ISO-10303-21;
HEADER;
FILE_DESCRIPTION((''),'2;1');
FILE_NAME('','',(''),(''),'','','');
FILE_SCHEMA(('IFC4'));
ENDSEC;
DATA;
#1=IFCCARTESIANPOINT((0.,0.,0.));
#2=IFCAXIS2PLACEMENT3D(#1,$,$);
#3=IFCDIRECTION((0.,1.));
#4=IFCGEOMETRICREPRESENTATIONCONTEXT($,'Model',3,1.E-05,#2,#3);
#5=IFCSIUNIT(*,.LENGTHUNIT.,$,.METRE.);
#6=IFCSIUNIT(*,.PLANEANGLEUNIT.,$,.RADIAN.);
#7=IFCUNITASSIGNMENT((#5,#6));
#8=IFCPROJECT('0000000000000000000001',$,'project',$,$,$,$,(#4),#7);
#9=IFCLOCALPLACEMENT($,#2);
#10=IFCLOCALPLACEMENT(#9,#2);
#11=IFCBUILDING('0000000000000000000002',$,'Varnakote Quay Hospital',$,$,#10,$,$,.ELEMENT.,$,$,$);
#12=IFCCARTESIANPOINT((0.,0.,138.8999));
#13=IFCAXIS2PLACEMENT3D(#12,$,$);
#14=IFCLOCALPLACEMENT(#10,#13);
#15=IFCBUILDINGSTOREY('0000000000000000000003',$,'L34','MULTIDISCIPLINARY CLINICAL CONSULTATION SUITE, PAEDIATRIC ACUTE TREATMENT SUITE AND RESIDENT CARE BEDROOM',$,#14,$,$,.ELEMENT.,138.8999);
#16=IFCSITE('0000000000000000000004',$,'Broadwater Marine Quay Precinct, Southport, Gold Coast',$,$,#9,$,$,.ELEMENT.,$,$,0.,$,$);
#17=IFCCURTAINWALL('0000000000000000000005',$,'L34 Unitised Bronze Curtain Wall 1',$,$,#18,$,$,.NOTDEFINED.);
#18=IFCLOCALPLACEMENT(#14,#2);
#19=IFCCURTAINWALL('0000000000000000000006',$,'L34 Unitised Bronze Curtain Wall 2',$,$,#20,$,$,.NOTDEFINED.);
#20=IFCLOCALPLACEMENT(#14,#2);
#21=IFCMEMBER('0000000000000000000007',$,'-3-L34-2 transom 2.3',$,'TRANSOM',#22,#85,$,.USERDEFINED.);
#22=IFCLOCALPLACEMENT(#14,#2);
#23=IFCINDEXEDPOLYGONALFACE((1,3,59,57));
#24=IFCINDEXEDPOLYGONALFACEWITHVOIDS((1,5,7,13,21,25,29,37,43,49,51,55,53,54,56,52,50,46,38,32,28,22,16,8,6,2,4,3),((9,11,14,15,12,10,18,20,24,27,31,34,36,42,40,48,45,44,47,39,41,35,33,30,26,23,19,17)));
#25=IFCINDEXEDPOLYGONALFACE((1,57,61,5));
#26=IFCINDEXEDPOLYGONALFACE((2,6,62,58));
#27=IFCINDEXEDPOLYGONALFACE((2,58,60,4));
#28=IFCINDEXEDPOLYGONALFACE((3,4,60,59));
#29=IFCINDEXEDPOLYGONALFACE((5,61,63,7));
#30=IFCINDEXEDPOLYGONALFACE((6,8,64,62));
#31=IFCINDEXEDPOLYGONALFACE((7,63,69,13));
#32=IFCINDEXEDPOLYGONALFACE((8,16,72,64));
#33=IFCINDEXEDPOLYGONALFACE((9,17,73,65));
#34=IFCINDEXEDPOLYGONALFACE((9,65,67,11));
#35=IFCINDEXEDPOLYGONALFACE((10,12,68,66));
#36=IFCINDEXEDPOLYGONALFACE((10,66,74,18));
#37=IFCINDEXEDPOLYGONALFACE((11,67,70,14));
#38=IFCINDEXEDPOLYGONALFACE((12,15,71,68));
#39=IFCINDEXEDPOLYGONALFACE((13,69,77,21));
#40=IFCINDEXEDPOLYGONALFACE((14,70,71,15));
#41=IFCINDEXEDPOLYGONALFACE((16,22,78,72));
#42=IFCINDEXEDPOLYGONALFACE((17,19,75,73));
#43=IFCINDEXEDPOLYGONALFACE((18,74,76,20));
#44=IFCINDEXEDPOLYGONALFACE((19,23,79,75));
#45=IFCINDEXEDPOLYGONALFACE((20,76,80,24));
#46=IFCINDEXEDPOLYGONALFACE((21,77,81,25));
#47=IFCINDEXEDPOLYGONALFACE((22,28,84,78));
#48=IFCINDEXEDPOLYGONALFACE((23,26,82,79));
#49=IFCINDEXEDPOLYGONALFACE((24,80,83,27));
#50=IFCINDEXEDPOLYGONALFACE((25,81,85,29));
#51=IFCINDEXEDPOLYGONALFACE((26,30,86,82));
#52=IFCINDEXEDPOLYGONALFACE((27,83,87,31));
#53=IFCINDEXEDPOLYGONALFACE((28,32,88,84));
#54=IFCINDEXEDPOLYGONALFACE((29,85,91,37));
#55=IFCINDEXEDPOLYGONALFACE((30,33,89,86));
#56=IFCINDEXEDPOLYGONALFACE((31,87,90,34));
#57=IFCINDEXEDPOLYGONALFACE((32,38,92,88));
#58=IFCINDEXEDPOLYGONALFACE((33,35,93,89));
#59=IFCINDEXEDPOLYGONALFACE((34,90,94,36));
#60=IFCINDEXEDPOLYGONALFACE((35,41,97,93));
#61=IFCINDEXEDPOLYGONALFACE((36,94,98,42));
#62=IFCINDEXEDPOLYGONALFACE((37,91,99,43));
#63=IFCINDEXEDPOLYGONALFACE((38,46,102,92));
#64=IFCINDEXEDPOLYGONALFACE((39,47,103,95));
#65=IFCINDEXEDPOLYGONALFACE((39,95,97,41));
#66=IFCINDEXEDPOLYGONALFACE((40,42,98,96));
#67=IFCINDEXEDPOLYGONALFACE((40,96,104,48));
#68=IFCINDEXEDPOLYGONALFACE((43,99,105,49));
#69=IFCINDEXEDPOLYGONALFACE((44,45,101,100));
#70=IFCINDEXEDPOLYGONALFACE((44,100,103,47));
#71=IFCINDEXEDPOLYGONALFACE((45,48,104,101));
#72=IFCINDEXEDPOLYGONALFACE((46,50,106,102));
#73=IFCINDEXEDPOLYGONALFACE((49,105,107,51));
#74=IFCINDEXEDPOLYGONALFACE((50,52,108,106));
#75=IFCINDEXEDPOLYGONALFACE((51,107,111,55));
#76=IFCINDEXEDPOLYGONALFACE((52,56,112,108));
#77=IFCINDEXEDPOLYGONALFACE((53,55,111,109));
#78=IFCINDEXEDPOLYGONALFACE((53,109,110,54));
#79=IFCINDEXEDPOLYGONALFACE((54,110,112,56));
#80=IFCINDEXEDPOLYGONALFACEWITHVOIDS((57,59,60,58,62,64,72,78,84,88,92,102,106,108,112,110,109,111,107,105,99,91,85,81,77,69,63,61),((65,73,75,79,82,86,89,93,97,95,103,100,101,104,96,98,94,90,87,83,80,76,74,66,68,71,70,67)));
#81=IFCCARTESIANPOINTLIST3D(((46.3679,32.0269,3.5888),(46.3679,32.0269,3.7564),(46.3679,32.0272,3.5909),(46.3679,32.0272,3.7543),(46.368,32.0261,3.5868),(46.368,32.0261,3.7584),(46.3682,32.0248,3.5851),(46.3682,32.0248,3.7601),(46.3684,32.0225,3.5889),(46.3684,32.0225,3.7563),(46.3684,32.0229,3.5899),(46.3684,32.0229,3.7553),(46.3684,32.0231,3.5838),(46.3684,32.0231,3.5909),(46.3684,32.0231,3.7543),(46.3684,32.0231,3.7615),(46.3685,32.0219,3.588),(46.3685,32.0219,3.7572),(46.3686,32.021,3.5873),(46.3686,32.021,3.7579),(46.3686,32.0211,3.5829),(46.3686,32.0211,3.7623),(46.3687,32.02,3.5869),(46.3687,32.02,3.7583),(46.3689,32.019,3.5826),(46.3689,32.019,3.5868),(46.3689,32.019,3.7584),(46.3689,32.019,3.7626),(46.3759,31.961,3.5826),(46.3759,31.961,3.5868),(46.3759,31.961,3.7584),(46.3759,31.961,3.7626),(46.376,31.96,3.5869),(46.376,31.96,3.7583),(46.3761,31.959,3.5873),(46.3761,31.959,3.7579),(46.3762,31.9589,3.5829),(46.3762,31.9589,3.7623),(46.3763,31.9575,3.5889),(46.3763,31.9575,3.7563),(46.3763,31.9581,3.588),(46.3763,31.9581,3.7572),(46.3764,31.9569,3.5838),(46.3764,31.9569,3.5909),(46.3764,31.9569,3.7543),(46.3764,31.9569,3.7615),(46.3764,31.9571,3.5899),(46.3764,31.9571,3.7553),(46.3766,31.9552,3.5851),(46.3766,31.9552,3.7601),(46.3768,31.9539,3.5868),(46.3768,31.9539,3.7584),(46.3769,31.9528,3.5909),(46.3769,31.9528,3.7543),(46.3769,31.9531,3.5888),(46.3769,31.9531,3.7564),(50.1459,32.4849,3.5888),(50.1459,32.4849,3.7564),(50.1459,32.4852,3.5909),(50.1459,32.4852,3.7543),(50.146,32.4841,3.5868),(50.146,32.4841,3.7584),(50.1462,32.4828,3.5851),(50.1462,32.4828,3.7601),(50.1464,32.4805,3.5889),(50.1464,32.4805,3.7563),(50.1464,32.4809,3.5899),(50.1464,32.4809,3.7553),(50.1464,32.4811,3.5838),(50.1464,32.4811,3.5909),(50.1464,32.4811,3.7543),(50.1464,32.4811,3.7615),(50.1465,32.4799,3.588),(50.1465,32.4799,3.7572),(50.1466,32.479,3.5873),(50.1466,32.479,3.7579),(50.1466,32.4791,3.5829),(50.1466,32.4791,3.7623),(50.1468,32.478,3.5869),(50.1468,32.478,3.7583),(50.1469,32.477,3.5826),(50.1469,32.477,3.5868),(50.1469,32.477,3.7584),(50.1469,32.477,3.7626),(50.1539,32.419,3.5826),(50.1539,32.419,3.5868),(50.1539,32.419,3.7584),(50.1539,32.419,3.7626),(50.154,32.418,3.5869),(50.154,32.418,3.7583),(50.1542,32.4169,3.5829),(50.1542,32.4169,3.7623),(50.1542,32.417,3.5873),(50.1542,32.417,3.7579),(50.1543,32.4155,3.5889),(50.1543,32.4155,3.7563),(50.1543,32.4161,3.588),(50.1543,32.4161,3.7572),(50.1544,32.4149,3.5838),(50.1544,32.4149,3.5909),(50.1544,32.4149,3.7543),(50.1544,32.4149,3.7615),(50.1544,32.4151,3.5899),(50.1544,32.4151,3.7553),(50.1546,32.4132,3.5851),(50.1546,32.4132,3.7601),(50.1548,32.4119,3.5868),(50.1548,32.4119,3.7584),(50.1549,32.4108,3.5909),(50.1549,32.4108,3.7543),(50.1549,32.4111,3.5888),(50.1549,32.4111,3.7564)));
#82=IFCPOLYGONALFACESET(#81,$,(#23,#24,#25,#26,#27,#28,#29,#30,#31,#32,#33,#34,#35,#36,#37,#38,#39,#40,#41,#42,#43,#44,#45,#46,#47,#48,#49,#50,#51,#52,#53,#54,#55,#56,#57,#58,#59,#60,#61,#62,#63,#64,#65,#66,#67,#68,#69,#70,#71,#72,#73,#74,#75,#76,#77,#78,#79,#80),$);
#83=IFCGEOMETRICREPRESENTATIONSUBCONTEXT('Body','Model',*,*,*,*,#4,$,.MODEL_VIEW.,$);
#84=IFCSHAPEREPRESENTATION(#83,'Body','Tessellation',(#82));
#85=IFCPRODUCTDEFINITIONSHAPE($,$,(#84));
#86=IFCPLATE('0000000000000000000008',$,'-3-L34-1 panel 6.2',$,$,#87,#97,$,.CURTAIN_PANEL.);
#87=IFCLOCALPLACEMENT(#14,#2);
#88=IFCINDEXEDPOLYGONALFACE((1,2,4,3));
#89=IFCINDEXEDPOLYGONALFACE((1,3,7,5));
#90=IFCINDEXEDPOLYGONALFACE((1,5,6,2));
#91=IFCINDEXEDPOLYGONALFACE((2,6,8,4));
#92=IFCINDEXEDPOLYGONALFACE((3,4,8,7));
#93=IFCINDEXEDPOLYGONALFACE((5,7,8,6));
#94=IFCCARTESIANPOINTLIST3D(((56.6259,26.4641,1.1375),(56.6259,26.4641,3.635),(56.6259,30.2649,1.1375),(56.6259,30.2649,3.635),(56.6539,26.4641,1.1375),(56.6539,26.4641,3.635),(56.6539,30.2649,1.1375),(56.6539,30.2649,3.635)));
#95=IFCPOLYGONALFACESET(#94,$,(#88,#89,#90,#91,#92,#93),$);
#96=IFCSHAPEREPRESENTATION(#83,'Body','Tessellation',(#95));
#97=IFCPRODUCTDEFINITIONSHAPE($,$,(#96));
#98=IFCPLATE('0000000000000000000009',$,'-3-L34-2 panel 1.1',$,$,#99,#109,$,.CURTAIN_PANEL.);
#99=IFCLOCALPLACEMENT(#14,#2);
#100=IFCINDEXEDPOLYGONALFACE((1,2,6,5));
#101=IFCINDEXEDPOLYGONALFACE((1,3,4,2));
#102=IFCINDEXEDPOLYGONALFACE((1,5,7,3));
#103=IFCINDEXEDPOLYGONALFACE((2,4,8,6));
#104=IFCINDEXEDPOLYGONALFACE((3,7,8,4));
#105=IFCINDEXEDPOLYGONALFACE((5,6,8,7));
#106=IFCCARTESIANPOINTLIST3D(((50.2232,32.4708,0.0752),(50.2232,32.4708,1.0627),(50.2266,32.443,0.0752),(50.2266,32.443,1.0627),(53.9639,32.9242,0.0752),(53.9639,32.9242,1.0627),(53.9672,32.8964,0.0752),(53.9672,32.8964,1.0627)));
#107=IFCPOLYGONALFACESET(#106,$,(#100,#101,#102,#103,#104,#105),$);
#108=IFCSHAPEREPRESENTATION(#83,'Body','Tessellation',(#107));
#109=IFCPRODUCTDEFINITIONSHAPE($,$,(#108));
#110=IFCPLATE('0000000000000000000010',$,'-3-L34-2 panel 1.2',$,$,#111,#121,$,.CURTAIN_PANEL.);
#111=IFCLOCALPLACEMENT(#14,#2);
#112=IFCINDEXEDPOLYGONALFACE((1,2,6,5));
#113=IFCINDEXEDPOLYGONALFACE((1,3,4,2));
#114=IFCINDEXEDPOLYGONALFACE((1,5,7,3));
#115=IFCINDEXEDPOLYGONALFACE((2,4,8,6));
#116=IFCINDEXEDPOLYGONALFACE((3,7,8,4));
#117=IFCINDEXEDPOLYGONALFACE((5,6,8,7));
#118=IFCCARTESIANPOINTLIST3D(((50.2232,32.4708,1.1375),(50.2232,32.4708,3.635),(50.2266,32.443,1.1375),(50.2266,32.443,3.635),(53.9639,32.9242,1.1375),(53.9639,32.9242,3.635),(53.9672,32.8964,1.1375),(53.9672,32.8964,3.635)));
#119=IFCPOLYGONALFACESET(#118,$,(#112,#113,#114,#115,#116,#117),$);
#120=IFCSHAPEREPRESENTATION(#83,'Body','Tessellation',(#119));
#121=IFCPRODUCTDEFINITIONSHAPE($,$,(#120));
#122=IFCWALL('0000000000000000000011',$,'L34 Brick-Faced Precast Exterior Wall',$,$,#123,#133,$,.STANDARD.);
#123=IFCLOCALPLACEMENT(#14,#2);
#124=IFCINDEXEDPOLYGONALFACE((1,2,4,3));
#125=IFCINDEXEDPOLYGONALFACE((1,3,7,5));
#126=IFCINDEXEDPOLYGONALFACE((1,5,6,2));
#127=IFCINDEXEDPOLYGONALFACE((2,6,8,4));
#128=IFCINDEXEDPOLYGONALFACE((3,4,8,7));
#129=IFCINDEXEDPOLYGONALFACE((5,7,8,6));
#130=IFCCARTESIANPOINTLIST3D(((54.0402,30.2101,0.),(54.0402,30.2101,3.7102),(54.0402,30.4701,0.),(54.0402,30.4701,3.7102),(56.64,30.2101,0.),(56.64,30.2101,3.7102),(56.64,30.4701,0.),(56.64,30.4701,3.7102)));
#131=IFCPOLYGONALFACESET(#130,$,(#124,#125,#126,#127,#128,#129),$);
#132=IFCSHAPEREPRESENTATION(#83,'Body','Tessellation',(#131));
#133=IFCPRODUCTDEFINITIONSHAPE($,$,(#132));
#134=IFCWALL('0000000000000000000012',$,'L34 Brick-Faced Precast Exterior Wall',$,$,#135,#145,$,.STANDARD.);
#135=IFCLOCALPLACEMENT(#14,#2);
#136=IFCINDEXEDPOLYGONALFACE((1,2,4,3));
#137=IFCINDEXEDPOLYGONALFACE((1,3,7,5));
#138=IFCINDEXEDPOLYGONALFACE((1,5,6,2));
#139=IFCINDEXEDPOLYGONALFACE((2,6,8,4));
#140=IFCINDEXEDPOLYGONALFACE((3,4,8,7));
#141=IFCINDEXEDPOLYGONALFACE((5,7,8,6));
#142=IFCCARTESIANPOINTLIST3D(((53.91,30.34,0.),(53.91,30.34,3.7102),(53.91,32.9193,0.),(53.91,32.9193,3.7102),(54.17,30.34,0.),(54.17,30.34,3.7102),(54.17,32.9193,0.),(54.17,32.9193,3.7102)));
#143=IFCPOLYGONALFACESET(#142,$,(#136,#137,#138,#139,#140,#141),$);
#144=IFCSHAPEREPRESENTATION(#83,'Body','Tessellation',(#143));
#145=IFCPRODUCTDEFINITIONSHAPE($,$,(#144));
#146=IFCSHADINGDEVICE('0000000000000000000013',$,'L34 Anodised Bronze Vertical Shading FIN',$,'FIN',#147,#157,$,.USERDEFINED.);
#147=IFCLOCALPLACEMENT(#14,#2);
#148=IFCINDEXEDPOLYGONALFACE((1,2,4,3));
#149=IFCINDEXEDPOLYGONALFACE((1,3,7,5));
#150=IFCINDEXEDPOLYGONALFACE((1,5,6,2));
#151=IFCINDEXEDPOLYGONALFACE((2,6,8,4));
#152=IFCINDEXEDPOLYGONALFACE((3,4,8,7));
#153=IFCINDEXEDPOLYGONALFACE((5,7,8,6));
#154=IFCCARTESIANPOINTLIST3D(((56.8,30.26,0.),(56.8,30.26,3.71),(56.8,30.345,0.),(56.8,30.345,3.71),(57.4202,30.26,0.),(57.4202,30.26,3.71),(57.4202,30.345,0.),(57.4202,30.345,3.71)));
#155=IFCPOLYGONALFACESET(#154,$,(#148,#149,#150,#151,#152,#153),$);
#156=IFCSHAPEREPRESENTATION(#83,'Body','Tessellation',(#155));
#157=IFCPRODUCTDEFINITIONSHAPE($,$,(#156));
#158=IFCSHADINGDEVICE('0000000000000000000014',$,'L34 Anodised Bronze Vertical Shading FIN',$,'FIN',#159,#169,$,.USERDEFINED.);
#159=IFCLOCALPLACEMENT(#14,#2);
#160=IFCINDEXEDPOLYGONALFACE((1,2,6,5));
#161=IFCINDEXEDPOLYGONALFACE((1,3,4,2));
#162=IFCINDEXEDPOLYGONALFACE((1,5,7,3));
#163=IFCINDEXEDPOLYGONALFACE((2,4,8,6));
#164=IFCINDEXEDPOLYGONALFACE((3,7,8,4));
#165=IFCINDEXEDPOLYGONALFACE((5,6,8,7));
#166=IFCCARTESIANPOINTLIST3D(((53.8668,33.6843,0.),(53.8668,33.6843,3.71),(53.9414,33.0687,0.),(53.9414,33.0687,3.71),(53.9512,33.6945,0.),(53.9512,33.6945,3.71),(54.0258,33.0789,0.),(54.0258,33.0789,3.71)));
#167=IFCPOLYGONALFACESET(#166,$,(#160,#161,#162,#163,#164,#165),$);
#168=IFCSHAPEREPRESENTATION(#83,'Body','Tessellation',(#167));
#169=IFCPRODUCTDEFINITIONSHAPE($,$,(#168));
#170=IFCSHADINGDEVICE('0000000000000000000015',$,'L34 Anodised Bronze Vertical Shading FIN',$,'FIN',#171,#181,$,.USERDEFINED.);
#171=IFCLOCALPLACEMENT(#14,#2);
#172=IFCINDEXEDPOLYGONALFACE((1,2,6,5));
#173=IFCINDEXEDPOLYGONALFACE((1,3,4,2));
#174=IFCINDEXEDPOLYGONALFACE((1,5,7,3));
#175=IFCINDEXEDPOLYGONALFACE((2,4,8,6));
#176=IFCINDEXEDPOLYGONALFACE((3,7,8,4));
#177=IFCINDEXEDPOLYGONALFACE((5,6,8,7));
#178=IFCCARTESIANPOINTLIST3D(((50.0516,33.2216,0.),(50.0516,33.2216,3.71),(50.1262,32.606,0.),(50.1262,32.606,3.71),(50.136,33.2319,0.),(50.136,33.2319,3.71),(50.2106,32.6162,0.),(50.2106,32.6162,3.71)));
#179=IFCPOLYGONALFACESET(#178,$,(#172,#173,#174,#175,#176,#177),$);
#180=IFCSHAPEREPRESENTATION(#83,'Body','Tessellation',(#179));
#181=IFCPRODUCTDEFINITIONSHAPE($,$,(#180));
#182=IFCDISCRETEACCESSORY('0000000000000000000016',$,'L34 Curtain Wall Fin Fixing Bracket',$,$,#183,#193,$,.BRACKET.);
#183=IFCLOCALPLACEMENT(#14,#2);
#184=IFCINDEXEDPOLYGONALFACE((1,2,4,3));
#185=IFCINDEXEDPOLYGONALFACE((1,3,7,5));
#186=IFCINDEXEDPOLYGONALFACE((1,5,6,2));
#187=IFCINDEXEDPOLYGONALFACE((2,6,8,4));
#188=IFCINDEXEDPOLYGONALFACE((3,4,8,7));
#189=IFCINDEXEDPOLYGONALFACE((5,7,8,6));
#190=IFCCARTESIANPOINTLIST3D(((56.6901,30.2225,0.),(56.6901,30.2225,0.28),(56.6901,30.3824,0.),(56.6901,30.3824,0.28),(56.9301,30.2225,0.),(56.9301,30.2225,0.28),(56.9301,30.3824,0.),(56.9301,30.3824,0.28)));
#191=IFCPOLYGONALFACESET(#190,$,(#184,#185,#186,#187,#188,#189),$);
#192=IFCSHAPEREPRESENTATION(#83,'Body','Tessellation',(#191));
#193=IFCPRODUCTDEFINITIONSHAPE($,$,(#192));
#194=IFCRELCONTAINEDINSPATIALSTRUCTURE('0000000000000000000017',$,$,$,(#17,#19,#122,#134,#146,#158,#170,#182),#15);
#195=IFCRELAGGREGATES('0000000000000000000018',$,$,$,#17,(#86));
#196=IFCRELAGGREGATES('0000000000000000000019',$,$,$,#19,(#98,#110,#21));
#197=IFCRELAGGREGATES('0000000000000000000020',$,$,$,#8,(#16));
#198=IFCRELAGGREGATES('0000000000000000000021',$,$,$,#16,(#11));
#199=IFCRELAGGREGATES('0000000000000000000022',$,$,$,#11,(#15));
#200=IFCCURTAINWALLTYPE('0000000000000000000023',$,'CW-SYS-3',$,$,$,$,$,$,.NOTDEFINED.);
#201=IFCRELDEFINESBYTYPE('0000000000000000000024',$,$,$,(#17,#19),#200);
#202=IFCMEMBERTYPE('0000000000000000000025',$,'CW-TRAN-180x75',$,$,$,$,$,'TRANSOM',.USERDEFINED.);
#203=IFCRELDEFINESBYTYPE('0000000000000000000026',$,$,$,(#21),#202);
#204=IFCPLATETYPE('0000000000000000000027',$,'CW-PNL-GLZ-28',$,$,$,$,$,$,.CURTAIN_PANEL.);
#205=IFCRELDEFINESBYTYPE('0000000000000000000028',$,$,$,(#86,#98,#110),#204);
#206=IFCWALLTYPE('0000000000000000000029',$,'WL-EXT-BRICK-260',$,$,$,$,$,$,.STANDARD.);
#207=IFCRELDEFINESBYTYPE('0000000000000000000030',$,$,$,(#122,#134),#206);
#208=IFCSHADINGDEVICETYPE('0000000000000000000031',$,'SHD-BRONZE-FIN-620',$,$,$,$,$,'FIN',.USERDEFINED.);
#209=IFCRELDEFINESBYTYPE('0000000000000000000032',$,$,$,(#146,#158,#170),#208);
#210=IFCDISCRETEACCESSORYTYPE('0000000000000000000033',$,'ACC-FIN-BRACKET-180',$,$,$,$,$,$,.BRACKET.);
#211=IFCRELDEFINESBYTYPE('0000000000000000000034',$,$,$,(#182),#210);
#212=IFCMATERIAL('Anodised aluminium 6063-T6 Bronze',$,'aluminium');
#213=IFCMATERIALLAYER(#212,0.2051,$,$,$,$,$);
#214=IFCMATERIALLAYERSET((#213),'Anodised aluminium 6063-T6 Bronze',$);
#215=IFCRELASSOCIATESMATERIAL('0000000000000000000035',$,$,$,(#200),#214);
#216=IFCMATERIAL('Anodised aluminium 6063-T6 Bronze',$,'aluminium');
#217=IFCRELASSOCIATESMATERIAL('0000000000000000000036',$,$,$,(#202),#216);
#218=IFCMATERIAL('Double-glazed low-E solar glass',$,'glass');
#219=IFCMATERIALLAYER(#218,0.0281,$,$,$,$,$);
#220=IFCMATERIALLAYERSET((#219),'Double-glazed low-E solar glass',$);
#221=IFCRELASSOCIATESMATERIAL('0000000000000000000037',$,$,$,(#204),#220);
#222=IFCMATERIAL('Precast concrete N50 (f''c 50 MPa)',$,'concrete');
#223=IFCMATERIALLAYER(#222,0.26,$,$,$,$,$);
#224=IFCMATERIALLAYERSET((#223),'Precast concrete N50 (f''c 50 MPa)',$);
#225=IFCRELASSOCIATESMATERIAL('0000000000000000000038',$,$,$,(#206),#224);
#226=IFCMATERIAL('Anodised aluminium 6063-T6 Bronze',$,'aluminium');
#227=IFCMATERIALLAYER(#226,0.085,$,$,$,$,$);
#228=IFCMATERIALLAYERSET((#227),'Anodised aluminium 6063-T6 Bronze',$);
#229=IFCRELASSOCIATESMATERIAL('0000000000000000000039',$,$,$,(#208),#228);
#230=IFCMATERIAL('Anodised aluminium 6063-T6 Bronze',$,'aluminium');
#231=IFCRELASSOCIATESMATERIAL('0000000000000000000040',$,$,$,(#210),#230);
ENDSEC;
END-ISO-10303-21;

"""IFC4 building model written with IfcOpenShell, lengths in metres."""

from ifc_helpers import new_model, si_unit, direction, frame, frame_2d, origin, origin_2d, place, context, subcontext, project, spatial, rectangle, hollow_rectangle, extrude, material, layer, layer_set, material_profile, profile_set, type_object, element, aggregate, save


model = new_model("IFC4")

# Units and contexts
model_context = context("Model", 3, precision=1e-05, world=origin(), true_north=direction((0.0, 1.0)))
body_context = subcontext(model_context, "Body", "Model", "MODEL_VIEW")
ifc_project = project(units=[si_unit("LENGTHUNIT", "METRE"), si_unit("PLANEANGLEUNIT", "RADIAN")], contexts=[model_context])

# Site, building, storey
site_placement = place(None, origin())
site = spatial("IfcSite", under=ifc_project, at=site_placement, Name="Broadwater Marine Quay Precinct, Southport, Gold Coast", CompositionType="ELEMENT", RefElevation=0.0)
building_placement = place(site_placement, origin())
building = spatial("IfcBuilding", under=site, at=building_placement, Name="Varnakote Quay Hospital", CompositionType="ELEMENT")
storey_placement = place(building_placement, frame((0.0, 0.0, 138.8999)))
storey = spatial("IfcBuildingStorey", under=building, at=storey_placement, Name="L34", Description="MULTIDISCIPLINARY CLINICAL CONSULTATION SUITE, PAEDIATRIC ACUTE TREATMENT SUITE AND RESIDENT CARE BEDROOM", CompositionType="ELEMENT", Elevation=138.8999)

# Curtain wall
ifc_material_1 = material(Name="Anodised aluminium 6063-T6 Bronze", Category="aluminium")
ifc_layer_1 = layer(ifc_material_1, 0.2051)
ifc_layer_set_1 = layer_set([ifc_layer_1], Name="Anodised aluminium 6063-T6 Bronze")
curtain_wall_type = type_object("IfcCurtainWallType", Name="CW-SYS-3", PredefinedType="NOTDEFINED", material=ifc_layer_set_1)
curtain_wall_1_placement = place(storey_placement, origin())
curtain_wall_1 = element("IfcCurtainWall", 1, at=curtain_wall_1_placement, inside=storey, type_object=curtain_wall_type, Name="L34 Unitised Bronze Curtain Wall 1", PredefinedType="NOTDEFINED")

# Curtain wall, member
curtain_wall_2_placement = place(storey_placement, origin())
curtain_wall_2 = element("IfcCurtainWall", 2, at=curtain_wall_2_placement, inside=storey, type_object=curtain_wall_type, Name="L34 Unitised Bronze Curtain Wall 2", PredefinedType="NOTDEFINED")
ifc_material_2 = material(Name="Anodised aluminium 6063-T6 Bronze", Category="aluminium")
ifc_material_profile_1 = material_profile(ifc_material_2, hollow_rectangle(XDim=0.075, YDim=0.1799, WallThickness=0.0042, InnerFilletRadius=0.0042, OuterFilletRadius=0.0083, at=origin_2d()), Name="CW-TRAN-180x75")
ifc_profile_set_1 = profile_set([ifc_material_profile_1], Name="Anodised aluminium 6063-T6 Bronze")
member_type_1 = type_object("IfcMemberType", Name="CW-TRAN-180x75", ElementType="TRANSOM", PredefinedType="USERDEFINED", material=ifc_profile_set_1)
member_1_placement = place(storey_placement, frame((50.1504, 32.448, 3.6726), z_axis=(-0.992732, -0.120347, 0.0), x_axis=(0.120347, -0.992732, 0.0)))
member_1 = element("IfcMember", 3, at=member_1_placement, type_object=member_type_1, Name="-3-L34-2 transom 2.3", ObjectType="TRANSOM", PredefinedType="USERDEFINED", context=body_context, shape_type="SweptSolid", body=[
    extrude(hollow_rectangle(XDim=0.075, YDim=0.1799, WallThickness=0.0042, InnerFilletRadius=0.0042, OuterFilletRadius=0.0083, at=origin_2d()), origin(), (0.0, 0.0, 1.0), 3.8057),
])

# Plates
ifc_material_3 = material(Name="Double-glazed low-E solar glass", Category="glass")
ifc_layer_2 = layer(ifc_material_3, 0.0281)
ifc_layer_set_2 = layer_set([ifc_layer_2], Name="Double-glazed low-E solar glass")
plate_type = type_object("IfcPlateType", Name="CW-PNL-GLZ-28", PredefinedType="CURTAIN_PANEL", material=ifc_layer_set_2)
plate_1_placement = place(storey_placement, frame((56.6399, 28.3645, 1.1375), z_axis=(0.0, 0.0, 1.0), x_axis=(0.0, 1.0, 0.0)))
plate_1 = element("IfcPlate", 4, at=plate_1_placement, type_object=plate_type, Name="-3-L34-1 panel 6.2", PredefinedType="CURTAIN_PANEL", context=body_context, shape_type="SweptSolid", body=[
    extrude(rectangle(XDim=3.8008, YDim=0.0281, at=origin_2d()), origin(), (0.0, 0.0, 1.0), 2.4976),
])
aggregate(curtain_wall_1, [plate_1])
plate_2_placement = place(storey_placement, frame((52.0952, 32.6836, 0.0752), z_axis=(0.0, 0.0, 1.0), x_axis=(-0.992734, -0.120327, 0.0)))
plate_2 = element("IfcPlate", 5, at=plate_2_placement, type_object=plate_type, Name="-3-L34-2 panel 1.1", PredefinedType="CURTAIN_PANEL", context=body_context, shape_type="SweptSolid", body=[
    extrude(rectangle(XDim=3.7681, YDim=0.0281, at=origin_2d()), origin(), (0.0, 0.0, 1.0), 0.9875),
])
plate_3_placement = place(storey_placement, frame((52.0952, 32.6836, 1.1375), z_axis=(0.0, 0.0, 1.0), x_axis=(-0.992734, -0.120327, 0.0)))
plate_3 = element("IfcPlate", 6, at=plate_3_placement, type_object=plate_type, Name="-3-L34-2 panel 1.2", PredefinedType="CURTAIN_PANEL", context=body_context, shape_type="SweptSolid", body=[
    extrude(rectangle(XDim=3.7681, YDim=0.0281, at=origin_2d()), origin(), (0.0, 0.0, 1.0), 2.4976),
])
aggregate(curtain_wall_2, [plate_2, plate_3, member_1])

# Walls
ifc_material_4 = material(Name="Precast concrete N50 (f'c 50 MPa)", Category="concrete")
ifc_layer_3 = layer(ifc_material_4, 0.26)
ifc_layer_set_3 = layer_set([ifc_layer_3], Name="Precast concrete N50 (f'c 50 MPa)")
wall_type = type_object("IfcWallType", Name="WL-EXT-BRICK-260", PredefinedType="STANDARD", material=ifc_layer_set_3)
wall_1_placement = place(storey_placement, frame((56.6399, 30.3401, 0.0), z_axis=(0.0, 0.0, 1.0), x_axis=(-1.0, 0.0, 0.0)))
element("IfcWall", 7, at=wall_1_placement, inside=storey, type_object=wall_type, Name="L34 Brick-Faced Precast Exterior Wall", PredefinedType="STANDARD", context=body_context, shape_type="SweptSolid", body=[
    extrude(rectangle(XDim=2.5999, YDim=0.26, at=frame_2d((1.2998, 0.0))), origin(), (0.0, 0.0, 1.0), 3.7102),
])
wall_2_placement = place(storey_placement, frame((54.04, 30.3401, 0.0), z_axis=(0.0, 0.0, 1.0), x_axis=(0.0, 1.0, 0.0)))
element("IfcWall", 8, at=wall_2_placement, inside=storey, type_object=wall_type, Name="L34 Brick-Faced Precast Exterior Wall", PredefinedType="STANDARD", context=body_context, shape_type="SweptSolid", body=[
    extrude(rectangle(XDim=2.5793, YDim=0.26, at=frame_2d((1.2896, 0.0))), origin(), (0.0, 0.0, 1.0), 3.7102),
])

# Shading devices
ifc_material_5 = material(Name="Anodised aluminium 6063-T6 Bronze", Category="aluminium")
ifc_layer_4 = layer(ifc_material_5, 0.085)
ifc_layer_set_4 = layer_set([ifc_layer_4], Name="Anodised aluminium 6063-T6 Bronze")
shading_device_type = type_object("IfcShadingDeviceType", Name="SHD-BRONZE-FIN-620", ElementType="FIN", PredefinedType="USERDEFINED", material=ifc_layer_set_4)
for number, where, z_axis, x_axis, name in (
    (9, (57.1101, 30.3025, 0.0), (0.0, 0.0, 1.0), (-1.0, 0.0, 0.0), "L34 Anodised Bronze Vertical Shading FIN"),
    (10, (53.9463, 33.3816, 0.0), (0.0, 0.0, 1.0), (0.12031, -0.992736, 0.0), "L34 Anodised Bronze Vertical Shading FIN"),
    (11, (50.1311, 32.9189, 0.0), (0.0, 0.0, 1.0), (0.12031, -0.992736, 0.0), "L34 Anodised Bronze Vertical Shading FIN"),
):
    element("IfcShadingDevice", number, at=place(storey_placement, frame(where, z_axis=z_axis, x_axis=x_axis)), inside=storey, type_object=shading_device_type, Name=name, ObjectType="FIN", PredefinedType="USERDEFINED", context=body_context, shape_type="SweptSolid", body=[
        extrude(rectangle(XDim=0.6201, YDim=0.085, at=origin_2d()), origin(), (0.0, 0.0, 1.0), 3.71),
    ])

# Discrete accessory
ifc_material_6 = material(Name="Anodised aluminium 6063-T6 Bronze", Category="aluminium")
discrete_accessory_type = type_object("IfcDiscreteAccessoryType", Name="ACC-FIN-BRACKET-180", PredefinedType="BRACKET", material=ifc_material_6)
for number, where, z_axis, x_axis, name in (
    (12, (56.8101, 30.3025, 0.0), (0.0, 0.0, 1.0), (0.0, 1.0, 0.0), "L34 Curtain Wall Fin Fixing Bracket"),
):
    element("IfcDiscreteAccessory", number, at=place(storey_placement, frame(where, z_axis=z_axis, x_axis=x_axis)), inside=storey, type_object=discrete_accessory_type, Name=name, PredefinedType="BRACKET", context=body_context, shape_type="SweptSolid", body=[
        extrude(rectangle(XDim=0.1599, YDim=0.24, at=origin_2d()), origin(), (0.0, 0.0, 1.0), 0.28),
    ])

save(model, "model.ifc")
